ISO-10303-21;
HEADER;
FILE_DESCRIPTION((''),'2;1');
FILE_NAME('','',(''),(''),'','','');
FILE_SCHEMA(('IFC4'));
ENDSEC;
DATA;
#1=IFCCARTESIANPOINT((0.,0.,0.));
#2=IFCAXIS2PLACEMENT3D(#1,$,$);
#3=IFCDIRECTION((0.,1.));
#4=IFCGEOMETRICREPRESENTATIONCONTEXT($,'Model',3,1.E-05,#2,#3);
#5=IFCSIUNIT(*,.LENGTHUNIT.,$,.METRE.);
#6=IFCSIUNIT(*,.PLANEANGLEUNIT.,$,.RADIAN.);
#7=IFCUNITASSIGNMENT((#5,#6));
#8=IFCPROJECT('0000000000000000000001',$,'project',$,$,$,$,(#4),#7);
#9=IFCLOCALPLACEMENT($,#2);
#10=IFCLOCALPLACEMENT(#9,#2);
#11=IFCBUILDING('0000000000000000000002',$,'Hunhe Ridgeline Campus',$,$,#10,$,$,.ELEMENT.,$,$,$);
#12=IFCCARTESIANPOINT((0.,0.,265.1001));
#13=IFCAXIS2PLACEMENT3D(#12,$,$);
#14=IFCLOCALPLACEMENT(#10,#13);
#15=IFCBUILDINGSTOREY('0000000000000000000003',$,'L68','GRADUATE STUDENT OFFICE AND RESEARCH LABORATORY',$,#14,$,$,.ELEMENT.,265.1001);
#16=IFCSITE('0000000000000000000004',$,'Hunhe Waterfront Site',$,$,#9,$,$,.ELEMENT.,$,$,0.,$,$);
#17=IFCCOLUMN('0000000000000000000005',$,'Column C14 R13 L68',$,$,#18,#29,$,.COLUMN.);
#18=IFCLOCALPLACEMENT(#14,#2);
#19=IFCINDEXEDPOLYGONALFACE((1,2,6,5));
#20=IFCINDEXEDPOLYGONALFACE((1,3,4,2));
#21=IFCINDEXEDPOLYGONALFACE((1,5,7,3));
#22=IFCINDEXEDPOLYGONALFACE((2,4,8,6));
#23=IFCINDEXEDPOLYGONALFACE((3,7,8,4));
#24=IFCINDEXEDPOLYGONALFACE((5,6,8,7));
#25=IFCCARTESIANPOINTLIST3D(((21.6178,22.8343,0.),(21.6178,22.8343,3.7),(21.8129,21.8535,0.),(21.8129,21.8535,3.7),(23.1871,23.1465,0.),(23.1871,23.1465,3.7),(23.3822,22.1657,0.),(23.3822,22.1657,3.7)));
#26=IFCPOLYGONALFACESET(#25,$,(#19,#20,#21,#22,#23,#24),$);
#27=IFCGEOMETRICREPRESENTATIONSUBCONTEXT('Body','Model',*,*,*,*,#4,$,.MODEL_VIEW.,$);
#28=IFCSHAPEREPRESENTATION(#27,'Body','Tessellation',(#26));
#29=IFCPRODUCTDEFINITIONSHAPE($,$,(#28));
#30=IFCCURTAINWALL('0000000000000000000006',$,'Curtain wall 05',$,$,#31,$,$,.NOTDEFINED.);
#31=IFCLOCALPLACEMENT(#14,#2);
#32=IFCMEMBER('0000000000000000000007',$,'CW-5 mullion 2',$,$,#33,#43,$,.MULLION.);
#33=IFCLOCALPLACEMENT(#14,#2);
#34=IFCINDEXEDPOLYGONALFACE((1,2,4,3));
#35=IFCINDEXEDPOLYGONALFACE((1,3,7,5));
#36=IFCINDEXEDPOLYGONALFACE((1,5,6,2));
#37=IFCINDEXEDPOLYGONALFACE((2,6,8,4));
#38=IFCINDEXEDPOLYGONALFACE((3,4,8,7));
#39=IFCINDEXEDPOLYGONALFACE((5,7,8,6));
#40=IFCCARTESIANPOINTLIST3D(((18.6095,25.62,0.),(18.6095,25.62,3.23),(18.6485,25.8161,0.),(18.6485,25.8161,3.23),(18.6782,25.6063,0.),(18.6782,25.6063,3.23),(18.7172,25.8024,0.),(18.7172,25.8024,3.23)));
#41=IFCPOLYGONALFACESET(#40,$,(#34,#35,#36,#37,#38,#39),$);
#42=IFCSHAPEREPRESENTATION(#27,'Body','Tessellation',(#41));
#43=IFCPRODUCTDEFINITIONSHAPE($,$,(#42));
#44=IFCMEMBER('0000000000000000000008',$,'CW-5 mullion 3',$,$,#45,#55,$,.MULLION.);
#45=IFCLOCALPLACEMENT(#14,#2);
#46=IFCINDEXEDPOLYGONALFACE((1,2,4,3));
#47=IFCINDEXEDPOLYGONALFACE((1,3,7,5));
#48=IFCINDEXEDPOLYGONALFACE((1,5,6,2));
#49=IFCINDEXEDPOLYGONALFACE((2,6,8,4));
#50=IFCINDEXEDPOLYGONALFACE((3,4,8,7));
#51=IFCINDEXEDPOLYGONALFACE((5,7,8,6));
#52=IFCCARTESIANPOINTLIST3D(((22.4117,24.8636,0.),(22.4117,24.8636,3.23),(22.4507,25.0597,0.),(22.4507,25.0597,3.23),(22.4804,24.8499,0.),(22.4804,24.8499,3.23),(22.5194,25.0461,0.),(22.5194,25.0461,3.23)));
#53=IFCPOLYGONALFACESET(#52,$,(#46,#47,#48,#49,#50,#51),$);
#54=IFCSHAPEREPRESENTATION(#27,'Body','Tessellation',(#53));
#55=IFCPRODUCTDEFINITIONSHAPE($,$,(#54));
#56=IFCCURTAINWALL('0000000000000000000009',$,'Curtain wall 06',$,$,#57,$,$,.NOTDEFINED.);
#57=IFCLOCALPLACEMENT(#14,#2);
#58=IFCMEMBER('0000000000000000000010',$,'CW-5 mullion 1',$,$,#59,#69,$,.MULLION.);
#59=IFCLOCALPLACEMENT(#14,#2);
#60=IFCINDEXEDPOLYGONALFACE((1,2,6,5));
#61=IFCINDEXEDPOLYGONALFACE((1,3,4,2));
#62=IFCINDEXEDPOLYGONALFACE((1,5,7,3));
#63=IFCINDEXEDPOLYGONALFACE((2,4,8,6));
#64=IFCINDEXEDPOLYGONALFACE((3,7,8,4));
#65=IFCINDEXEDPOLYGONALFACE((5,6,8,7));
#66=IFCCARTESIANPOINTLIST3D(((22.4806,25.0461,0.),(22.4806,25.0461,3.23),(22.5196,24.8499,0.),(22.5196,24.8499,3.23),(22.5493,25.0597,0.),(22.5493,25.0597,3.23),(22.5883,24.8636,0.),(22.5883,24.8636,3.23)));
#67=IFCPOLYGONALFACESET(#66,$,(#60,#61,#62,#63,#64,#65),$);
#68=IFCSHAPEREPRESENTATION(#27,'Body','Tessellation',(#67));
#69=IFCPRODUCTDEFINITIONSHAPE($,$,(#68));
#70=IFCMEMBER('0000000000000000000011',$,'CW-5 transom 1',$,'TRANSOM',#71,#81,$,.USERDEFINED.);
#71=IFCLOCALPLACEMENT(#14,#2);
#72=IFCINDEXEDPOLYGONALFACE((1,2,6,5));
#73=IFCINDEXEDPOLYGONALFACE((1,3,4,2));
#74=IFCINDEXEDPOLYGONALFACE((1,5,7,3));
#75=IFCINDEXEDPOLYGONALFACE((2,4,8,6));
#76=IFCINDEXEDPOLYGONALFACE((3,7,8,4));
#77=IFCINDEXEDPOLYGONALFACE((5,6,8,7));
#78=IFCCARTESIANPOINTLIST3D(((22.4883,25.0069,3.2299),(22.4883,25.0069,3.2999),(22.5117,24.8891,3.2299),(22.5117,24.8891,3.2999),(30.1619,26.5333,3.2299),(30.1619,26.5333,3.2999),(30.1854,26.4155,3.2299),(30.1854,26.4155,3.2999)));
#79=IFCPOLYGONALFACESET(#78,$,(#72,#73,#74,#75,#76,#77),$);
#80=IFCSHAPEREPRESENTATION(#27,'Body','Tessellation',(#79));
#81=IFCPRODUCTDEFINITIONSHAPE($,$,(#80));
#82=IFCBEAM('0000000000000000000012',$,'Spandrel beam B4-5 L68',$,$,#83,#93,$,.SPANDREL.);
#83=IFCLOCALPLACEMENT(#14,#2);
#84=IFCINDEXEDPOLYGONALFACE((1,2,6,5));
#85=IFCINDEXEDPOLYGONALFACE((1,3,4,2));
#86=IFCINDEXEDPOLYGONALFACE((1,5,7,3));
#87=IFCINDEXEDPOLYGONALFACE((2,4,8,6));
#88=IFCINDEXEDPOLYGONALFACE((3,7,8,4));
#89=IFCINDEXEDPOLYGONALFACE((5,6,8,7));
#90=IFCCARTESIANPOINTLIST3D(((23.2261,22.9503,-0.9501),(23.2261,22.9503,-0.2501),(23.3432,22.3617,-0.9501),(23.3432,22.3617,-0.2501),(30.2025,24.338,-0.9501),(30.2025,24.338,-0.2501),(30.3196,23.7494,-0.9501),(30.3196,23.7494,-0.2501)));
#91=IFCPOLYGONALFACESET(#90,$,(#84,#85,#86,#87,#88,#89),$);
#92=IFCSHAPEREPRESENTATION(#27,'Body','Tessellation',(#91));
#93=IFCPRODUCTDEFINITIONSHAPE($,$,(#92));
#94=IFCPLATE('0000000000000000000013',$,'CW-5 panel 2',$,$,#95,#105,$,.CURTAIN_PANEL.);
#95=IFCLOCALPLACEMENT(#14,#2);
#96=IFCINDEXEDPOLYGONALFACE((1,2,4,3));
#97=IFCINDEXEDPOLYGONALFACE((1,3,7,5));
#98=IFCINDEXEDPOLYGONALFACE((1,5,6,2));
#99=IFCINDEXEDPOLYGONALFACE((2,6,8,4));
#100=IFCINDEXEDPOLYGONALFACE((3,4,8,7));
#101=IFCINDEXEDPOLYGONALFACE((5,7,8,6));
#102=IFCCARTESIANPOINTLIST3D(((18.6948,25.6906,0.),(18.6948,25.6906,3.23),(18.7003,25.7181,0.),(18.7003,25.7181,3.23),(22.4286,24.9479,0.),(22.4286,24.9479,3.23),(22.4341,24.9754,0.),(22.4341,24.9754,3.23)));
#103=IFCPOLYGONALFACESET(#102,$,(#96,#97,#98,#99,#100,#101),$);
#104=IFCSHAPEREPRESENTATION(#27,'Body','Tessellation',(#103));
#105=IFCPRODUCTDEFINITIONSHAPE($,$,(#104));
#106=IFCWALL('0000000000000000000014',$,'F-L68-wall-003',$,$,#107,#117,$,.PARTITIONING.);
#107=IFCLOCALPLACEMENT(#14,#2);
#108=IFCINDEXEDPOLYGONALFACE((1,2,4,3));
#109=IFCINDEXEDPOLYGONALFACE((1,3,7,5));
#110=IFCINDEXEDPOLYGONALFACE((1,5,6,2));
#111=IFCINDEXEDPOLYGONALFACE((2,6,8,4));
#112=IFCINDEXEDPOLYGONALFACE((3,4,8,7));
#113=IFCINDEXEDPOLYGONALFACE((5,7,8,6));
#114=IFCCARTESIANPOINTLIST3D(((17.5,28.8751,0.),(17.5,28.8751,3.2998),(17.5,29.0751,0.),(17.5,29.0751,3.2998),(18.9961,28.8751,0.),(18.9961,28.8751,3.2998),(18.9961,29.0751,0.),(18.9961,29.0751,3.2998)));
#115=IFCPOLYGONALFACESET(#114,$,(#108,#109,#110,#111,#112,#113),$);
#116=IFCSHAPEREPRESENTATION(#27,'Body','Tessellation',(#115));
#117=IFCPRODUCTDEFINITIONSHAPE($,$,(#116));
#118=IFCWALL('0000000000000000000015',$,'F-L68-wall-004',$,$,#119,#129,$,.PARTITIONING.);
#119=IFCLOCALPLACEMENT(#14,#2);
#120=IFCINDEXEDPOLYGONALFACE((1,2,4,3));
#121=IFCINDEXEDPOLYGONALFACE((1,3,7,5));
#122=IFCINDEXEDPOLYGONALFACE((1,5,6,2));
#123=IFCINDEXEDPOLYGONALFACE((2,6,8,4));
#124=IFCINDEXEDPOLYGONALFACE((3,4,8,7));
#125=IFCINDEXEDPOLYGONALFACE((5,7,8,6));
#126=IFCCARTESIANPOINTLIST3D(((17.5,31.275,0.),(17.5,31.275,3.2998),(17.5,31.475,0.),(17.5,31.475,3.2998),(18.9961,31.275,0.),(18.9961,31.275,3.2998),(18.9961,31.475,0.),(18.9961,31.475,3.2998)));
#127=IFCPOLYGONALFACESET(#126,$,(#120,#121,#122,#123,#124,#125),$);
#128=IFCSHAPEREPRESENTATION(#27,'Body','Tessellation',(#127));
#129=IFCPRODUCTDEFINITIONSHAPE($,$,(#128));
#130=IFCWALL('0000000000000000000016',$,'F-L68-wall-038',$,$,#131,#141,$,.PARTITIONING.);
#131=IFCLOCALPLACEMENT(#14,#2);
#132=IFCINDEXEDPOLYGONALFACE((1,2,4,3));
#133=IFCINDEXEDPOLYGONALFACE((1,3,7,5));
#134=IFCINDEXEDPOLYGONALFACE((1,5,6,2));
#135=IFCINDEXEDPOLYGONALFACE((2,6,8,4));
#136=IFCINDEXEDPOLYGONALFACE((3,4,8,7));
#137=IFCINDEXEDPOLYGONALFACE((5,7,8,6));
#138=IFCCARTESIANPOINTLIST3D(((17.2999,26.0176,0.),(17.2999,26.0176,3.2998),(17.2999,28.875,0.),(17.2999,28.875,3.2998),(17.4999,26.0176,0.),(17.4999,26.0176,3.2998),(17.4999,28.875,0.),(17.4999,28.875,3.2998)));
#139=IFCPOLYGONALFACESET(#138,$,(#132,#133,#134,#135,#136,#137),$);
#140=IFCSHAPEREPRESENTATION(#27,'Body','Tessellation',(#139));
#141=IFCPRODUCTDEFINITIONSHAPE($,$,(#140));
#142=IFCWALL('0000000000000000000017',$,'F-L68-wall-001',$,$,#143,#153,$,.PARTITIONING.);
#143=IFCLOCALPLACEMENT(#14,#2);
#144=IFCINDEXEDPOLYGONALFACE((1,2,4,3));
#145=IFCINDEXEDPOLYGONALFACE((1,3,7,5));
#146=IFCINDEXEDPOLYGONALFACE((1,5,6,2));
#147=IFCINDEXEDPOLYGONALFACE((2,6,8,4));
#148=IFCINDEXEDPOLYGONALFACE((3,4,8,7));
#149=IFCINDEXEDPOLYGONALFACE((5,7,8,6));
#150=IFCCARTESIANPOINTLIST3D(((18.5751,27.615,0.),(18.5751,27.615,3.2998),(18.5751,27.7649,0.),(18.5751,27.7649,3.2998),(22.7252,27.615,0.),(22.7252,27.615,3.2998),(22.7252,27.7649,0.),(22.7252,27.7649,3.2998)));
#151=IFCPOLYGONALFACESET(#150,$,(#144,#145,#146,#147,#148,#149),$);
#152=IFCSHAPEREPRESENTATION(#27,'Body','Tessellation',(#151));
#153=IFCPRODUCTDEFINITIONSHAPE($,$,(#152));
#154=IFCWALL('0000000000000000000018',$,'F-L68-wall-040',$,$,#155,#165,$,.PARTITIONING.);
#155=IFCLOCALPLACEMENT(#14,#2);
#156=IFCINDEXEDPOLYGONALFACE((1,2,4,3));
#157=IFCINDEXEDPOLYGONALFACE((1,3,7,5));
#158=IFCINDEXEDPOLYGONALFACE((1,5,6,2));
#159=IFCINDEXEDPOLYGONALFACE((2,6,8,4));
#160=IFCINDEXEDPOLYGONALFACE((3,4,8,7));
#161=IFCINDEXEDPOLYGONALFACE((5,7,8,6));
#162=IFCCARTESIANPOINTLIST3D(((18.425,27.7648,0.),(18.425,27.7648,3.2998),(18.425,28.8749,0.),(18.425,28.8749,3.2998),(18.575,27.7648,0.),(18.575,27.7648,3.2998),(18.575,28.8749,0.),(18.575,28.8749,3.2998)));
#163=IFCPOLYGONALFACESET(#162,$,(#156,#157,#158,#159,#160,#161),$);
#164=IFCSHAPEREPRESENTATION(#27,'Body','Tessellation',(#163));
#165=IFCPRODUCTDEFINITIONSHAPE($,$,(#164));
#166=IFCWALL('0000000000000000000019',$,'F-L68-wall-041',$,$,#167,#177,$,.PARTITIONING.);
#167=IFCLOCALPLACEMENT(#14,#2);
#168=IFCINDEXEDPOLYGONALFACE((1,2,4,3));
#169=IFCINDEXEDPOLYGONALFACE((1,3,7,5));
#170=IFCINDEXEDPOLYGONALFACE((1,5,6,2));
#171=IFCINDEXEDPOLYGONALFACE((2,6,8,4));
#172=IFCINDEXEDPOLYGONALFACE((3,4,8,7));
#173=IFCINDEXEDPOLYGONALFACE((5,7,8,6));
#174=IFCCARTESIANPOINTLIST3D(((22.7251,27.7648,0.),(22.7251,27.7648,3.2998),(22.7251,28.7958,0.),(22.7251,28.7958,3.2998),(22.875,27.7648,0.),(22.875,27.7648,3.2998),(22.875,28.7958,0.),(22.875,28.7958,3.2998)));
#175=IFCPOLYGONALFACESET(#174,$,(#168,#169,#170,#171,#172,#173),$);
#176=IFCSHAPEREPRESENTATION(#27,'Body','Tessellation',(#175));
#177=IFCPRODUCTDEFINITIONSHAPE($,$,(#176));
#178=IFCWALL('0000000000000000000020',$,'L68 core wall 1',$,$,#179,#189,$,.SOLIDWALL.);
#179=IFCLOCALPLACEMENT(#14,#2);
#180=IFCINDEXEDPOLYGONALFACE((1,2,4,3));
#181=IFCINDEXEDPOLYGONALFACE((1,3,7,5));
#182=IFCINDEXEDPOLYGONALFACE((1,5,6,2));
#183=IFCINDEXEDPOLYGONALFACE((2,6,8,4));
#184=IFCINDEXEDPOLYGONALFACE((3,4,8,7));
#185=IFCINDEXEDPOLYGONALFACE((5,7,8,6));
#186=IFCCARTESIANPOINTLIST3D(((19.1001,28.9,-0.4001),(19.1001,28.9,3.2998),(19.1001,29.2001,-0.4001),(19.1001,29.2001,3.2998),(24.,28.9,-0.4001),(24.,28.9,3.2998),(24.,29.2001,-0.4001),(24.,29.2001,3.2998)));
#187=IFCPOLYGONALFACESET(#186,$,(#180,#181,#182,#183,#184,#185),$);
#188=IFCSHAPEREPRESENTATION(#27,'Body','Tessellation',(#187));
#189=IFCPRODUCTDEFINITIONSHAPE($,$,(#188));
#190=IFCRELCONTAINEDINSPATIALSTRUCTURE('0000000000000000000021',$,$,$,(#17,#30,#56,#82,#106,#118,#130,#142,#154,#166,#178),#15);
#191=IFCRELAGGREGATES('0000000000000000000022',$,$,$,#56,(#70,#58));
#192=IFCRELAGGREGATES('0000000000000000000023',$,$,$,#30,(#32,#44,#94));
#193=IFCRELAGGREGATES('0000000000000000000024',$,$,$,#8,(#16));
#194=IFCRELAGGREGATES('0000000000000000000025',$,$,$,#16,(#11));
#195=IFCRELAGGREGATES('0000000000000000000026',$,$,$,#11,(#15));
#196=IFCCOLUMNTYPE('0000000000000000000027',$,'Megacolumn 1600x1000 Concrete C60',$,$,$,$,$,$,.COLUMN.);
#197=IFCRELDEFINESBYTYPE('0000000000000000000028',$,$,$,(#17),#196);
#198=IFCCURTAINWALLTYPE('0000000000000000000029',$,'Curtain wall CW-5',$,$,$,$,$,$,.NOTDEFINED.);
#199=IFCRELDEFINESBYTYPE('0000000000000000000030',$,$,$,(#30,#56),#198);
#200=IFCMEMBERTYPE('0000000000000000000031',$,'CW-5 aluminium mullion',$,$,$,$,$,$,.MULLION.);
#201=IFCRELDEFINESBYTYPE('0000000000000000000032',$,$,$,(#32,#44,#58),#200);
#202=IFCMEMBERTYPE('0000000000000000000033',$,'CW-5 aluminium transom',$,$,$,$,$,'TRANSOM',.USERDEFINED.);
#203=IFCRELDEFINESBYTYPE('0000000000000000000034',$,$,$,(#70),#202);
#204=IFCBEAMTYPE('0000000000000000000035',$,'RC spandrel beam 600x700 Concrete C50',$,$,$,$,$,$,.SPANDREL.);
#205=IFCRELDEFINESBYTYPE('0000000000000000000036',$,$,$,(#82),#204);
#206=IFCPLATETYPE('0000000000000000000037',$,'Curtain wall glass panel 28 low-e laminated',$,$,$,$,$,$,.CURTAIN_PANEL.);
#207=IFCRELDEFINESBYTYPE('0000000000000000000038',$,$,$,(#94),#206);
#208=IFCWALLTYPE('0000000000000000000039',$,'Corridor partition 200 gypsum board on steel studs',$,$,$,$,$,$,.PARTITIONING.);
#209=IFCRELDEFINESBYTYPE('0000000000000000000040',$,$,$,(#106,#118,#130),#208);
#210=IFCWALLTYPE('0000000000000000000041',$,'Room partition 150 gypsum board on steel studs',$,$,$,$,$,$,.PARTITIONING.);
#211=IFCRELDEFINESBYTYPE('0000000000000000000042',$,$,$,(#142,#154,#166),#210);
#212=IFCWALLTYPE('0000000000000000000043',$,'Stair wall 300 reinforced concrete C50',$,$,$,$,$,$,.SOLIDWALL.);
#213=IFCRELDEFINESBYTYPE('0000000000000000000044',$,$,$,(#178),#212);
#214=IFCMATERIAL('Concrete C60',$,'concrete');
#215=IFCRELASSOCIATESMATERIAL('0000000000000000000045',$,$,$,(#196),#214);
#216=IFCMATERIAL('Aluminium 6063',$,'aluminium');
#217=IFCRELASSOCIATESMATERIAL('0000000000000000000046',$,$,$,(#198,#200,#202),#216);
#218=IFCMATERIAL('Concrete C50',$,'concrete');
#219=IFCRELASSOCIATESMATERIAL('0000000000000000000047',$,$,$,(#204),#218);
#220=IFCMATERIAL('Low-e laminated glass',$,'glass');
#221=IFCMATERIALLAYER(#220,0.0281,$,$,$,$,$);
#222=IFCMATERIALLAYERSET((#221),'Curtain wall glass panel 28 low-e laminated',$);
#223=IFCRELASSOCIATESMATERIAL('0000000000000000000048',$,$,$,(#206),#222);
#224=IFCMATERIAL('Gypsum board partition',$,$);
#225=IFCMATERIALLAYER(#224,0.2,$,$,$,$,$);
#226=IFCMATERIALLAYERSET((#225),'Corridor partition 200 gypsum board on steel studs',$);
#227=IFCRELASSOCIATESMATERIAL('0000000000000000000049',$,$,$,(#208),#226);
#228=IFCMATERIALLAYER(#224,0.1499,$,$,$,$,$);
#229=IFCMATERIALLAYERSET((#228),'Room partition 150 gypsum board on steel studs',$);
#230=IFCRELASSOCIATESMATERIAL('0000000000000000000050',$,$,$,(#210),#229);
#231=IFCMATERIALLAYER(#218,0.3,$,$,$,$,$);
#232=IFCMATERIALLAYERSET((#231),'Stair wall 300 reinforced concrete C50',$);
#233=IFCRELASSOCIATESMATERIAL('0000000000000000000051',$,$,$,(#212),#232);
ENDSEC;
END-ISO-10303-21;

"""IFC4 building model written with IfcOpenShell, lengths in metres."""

from ifc_helpers import new_model, si_unit, direction, frame, frame_2d, origin, origin_2d, place, context, subcontext, project, spatial, rectangle, extrude, material, layer, layer_set, material_profile, profile_set, type_object, element, aggregate, save


model = new_model("IFC4")

# Units and contexts
model_context = context("Model", 3, precision=1e-05, world=origin(), true_north=direction((0.0, 1.0)))
body_context = subcontext(model_context, "Body", "Model", "MODEL_VIEW")
ifc_project = project(units=[si_unit("LENGTHUNIT", "METRE"), si_unit("PLANEANGLEUNIT", "RADIAN")], contexts=[model_context])

# Site, building, storey
site_placement = place(None, origin())
site = spatial("IfcSite", under=ifc_project, at=site_placement, Name="Hunhe Waterfront Site", CompositionType="ELEMENT", RefElevation=0.0)
building_placement = place(site_placement, origin())
building = spatial("IfcBuilding", under=site, at=building_placement, Name="Hunhe Ridgeline Campus", CompositionType="ELEMENT")
storey_placement = place(building_placement, frame((0.0, 0.0, 265.1001)))
storey = spatial("IfcBuildingStorey", under=building, at=storey_placement, Name="L68", Description="GRADUATE STUDENT OFFICE AND RESEARCH LABORATORY", CompositionType="ELEMENT", Elevation=265.1001)

# Column
ifc_material_1 = material(Name="Concrete C60", Category="concrete")
ifc_material_profile_1 = material_profile(ifc_material_1, rectangle(XDim=1.6001, YDim=1.0, at=origin_2d()))
ifc_profile_set_1 = profile_set([ifc_material_profile_1], Name="Concrete C60")
column_type = type_object("IfcColumnType", Name="Megacolumn 1600x1000 Concrete C60", PredefinedType="COLUMN", material=ifc_profile_set_1)
column_placement = place(storey_placement, frame((22.5, 22.5, 0.0), z_axis=(0.0, 0.0, 1.0), x_axis=(0.980785, 0.19509, 0.0)))
element("IfcColumn", 1, at=column_placement, inside=storey, type_object=column_type, Name="Column C14 R13 L68", PredefinedType="COLUMN", context=body_context, shape_type="SweptSolid", body=[
    extrude(rectangle(XDim=1.6001, YDim=1.0, at=origin_2d()), origin(), (0.0, 0.0, 1.0), 3.7),
])

# Curtain walls, members
ifc_material_2 = material(Name="Aluminium 6063", Category="aluminium")
curtain_wall_type = type_object("IfcCurtainWallType", Name="Curtain wall CW-5", PredefinedType="NOTDEFINED", material=ifc_material_2)
curtain_wall_1_placement = place(storey_placement, origin())
curtain_wall_1 = element("IfcCurtainWall", 2, at=curtain_wall_1_placement, inside=storey, type_object=curtain_wall_type, Name="Curtain wall 05", PredefinedType="NOTDEFINED")
ifc_material_profile_2 = material_profile(ifc_material_2, rectangle(XDim=0.2, YDim=0.0701, at=origin_2d()))
ifc_profile_set_2 = profile_set([ifc_material_profile_2], Name="Aluminium 6063")
member_type_1 = type_object("IfcMemberType", Name="CW-5 aluminium mullion", PredefinedType="MULLION", material=ifc_profile_set_2)
member_1_placement = place(storey_placement, frame((18.6633, 25.7112, 0.0), z_axis=(0.0, 0.0, 1.0), x_axis=(0.19509, 0.980785, 0.0)))
member_1 = element("IfcMember", 3, at=member_1_placement, type_object=member_type_1, Name="CW-5 mullion 2", PredefinedType="MULLION", context=body_context, shape_type="SweptSolid", body=[
    extrude(rectangle(XDim=0.2, YDim=0.0701, at=origin_2d()), origin(), (0.0, 0.0, 1.0), 3.23),
])
member_2_placement = place(storey_placement, frame((22.4656, 24.9548, 0.0), z_axis=(0.0, 0.0, 1.0), x_axis=(0.19509, 0.980785, 0.0)))
member_2 = element("IfcMember", 4, at=member_2_placement, type_object=member_type_1, Name="CW-5 mullion 3", PredefinedType="MULLION", context=body_context, shape_type="SweptSolid", body=[
    extrude(rectangle(XDim=0.2, YDim=0.0701, at=origin_2d()), origin(), (0.0, 0.0, 1.0), 3.23),
])
curtain_wall_2_placement = place(storey_placement, origin())
curtain_wall_2 = element("IfcCurtainWall", 5, at=curtain_wall_2_placement, inside=storey, type_object=curtain_wall_type, Name="Curtain wall 06", PredefinedType="NOTDEFINED")
member_3_placement = place(storey_placement, frame((22.5344, 24.9548, 0.0), z_axis=(0.0, 0.0, 1.0), x_axis=(-0.19509, 0.980785, 0.0)))
member_3 = element("IfcMember", 6, at=member_3_placement, type_object=member_type_1, Name="CW-5 mullion 1", PredefinedType="MULLION", context=body_context, shape_type="SweptSolid", body=[
    extrude(rectangle(XDim=0.2, YDim=0.0701, at=origin_2d()), origin(), (0.0, 0.0, 1.0), 3.23),
])
ifc_material_profile_3 = material_profile(ifc_material_2, rectangle(XDim=0.1201, YDim=0.0701, at=origin_2d()))
ifc_profile_set_3 = profile_set([ifc_material_profile_3], Name="Aluminium 6063")
member_type_2 = type_object("IfcMemberType", Name="CW-5 aluminium transom", ElementType="TRANSOM", PredefinedType="USERDEFINED", material=ifc_profile_set_3)
member_4_placement = place(storey_placement, frame((22.5, 24.948, 3.2649), z_axis=(0.980785, 0.19509, 0.0), x_axis=(-0.19509, 0.980785, 0.0)))
member_4 = element("IfcMember", 7, at=member_4_placement, type_object=member_type_2, Name="CW-5 transom 1", ObjectType="TRANSOM", PredefinedType="USERDEFINED", context=body_context, shape_type="SweptSolid", body=[
    extrude(rectangle(XDim=0.1201, YDim=0.0701, at=origin_2d()), origin(), (0.0, 0.0, 1.0), 7.824),
])
aggregate(curtain_wall_2, [member_4, member_3])

# Beam
ifc_material_3 = material(Name="Concrete C50", Category="concrete")
ifc_material_profile_4 = material_profile(ifc_material_3, rectangle(XDim=0.6001, YDim=0.7, at=origin_2d()))
ifc_profile_set_4 = profile_set([ifc_material_profile_4], Name="Concrete C50")
beam_type = type_object("IfcBeamType", Name="RC spandrel beam 600x700 Concrete C50", PredefinedType="SPANDREL", material=ifc_profile_set_4)
beam_placement = place(storey_placement, frame((23.2847, 22.656, -0.6001), z_axis=(0.980785, 0.195093, 0.0), x_axis=(-0.195093, 0.980785, 0.0)))
element("IfcBeam", 8, at=beam_placement, inside=storey, type_object=beam_type, Name="Spandrel beam B4-5 L68", PredefinedType="SPANDREL", context=body_context, shape_type="SweptSolid", body=[
    extrude(rectangle(XDim=0.6001, YDim=0.7, at=origin_2d()), origin(), (0.0, 0.0, 1.0), 7.113),
])

# Plate
ifc_material_4 = material(Name="Low-e laminated glass", Category="glass")
ifc_layer_1 = layer(ifc_material_4, 0.0281)
ifc_layer_set_1 = layer_set([ifc_layer_1], Name="Curtain wall glass panel 28 low-e laminated")
plate_type = type_object("IfcPlateType", Name="Curtain wall glass panel 28 low-e laminated", PredefinedType="CURTAIN_PANEL", material=ifc_layer_set_1)
plate_placement = place(storey_placement, frame((20.5645, 25.333, 0.0), z_axis=(0.0, 0.0, 1.0), x_axis=(0.980785, -0.19509, 0.0)))
plate = element("IfcPlate", 9, at=plate_placement, type_object=plate_type, Name="CW-5 panel 2", PredefinedType="CURTAIN_PANEL", context=body_context, shape_type="SweptSolid", body=[
    extrude(rectangle(XDim=3.8069, YDim=0.0281, at=origin_2d()), origin(), (0.0, 0.0, 1.0), 3.23),
])
aggregate(curtain_wall_1, [member_1, member_2, plate])

# Walls
ifc_material_5 = material(Name="Gypsum board partition")
ifc_layer_2 = layer(ifc_material_5, 0.2)
ifc_layer_set_2 = layer_set([ifc_layer_2], Name="Corridor partition 200 gypsum board on steel studs")
wall_type_1 = type_object("IfcWallType", Name="Corridor partition 200 gypsum board on steel studs", PredefinedType="PARTITIONING", material=ifc_layer_set_2)
for number, where, z_axis, x_axis, name in (
    (10, (18.9961, 28.9751, 0.0), (0.0, 0.0, 1.0), (-1.0, 0.0, 0.0), "F-L68-wall-003"),
    (11, (17.5, 31.375, 0.0), (0.0, 0.0, 1.0), (1.0, 0.0, 0.0), "F-L68-wall-004"),
):
    element("IfcWall", number, at=place(storey_placement, frame(where, z_axis=z_axis, x_axis=x_axis)), inside=storey, type_object=wall_type_1, Name=name, PredefinedType="PARTITIONING", context=body_context, shape_type="SweptSolid", body=[
        extrude(rectangle(XDim=1.4961, YDim=0.2, at=frame_2d((0.748, 0.0))), origin(), (0.0, 0.0, 1.0), 3.2998),
    ])
wall_1_placement = place(storey_placement, frame((17.3999, 28.875, 0.0), z_axis=(0.0, 0.0, 1.0), x_axis=(0.0, -1.0, 0.0)))
element("IfcWall", 12, at=wall_1_placement, inside=storey, type_object=wall_type_1, Name="F-L68-wall-038", PredefinedType="PARTITIONING", context=body_context, shape_type="SweptSolid", body=[
    extrude(rectangle(XDim=2.8574, YDim=0.2, at=frame_2d((1.4287, 0.0))), origin(), (0.0, 0.0, 1.0), 3.2998),
])
ifc_layer_3 = layer(ifc_material_5, 0.1499)
ifc_layer_set_3 = layer_set([ifc_layer_3], Name="Room partition 150 gypsum board on steel studs")
wall_type_2 = type_object("IfcWallType", Name="Room partition 150 gypsum board on steel studs", PredefinedType="PARTITIONING", material=ifc_layer_set_3)
wall_2_placement = place(storey_placement, frame((18.575, 27.6899, 0.0), z_axis=(0.0, 0.0, 1.0), x_axis=(1.0, 0.0, 0.0)))
element("IfcWall", 13, at=wall_2_placement, inside=storey, type_object=wall_type_2, Name="F-L68-wall-001", PredefinedType="PARTITIONING", context=body_context, shape_type="SweptSolid", body=[
    extrude(rectangle(XDim=4.1501, YDim=0.1499, at=frame_2d((2.0752, 0.0))), origin(), (0.0, 0.0, 1.0), 3.2998),
])
wall_3_placement = place(storey_placement, frame((18.5, 28.875, 0.0), z_axis=(0.0, 0.0, 1.0), x_axis=(0.0, -1.0, 0.0)))
element("IfcWall", 14, at=wall_3_placement, inside=storey, type_object=wall_type_2, Name="F-L68-wall-040", PredefinedType="PARTITIONING", context=body_context, shape_type="SweptSolid", body=[
    extrude(rectangle(XDim=1.1101, YDim=0.1499, at=frame_2d((0.5552, 0.0))), origin(), (0.0, 0.0, 1.0), 3.2998),
])
wall_4_placement = place(storey_placement, frame((22.8, 28.7959, 0.0), z_axis=(0.0, 0.0, 1.0), x_axis=(0.0, -1.0, 0.0)))
element("IfcWall", 15, at=wall_4_placement, inside=storey, type_object=wall_type_2, Name="F-L68-wall-041", PredefinedType="PARTITIONING", context=body_context, shape_type="SweptSolid", body=[
    extrude(rectangle(XDim=1.031, YDim=0.1499, at=frame_2d((0.5156, 0.0))), origin(), (0.0, 0.0, 1.0), 3.2998),
])
ifc_layer_4 = layer(ifc_material_3, 0.3)
ifc_layer_set_4 = layer_set([ifc_layer_4], Name="Stair wall 300 reinforced concrete C50")
wall_type_3 = type_object("IfcWallType", Name="Stair wall 300 reinforced concrete C50", PredefinedType="SOLIDWALL", material=ifc_layer_set_4)
wall_5_placement = place(storey_placement, frame((19.1001, 29.05, -0.4001), z_axis=(0.0, 0.0, 1.0), x_axis=(1.0, 0.0, 0.0)))
element("IfcWall", 16, at=wall_5_placement, inside=storey, type_object=wall_type_3, Name="L68 core wall 1", PredefinedType="SOLIDWALL", context=body_context, shape_type="SweptSolid", body=[
    extrude(rectangle(XDim=4.8999, YDim=0.3, at=frame_2d((2.45, 0.0))), origin(), (0.0, 0.0, 1.0), 3.7),
])

save(model, "model.ifc")
